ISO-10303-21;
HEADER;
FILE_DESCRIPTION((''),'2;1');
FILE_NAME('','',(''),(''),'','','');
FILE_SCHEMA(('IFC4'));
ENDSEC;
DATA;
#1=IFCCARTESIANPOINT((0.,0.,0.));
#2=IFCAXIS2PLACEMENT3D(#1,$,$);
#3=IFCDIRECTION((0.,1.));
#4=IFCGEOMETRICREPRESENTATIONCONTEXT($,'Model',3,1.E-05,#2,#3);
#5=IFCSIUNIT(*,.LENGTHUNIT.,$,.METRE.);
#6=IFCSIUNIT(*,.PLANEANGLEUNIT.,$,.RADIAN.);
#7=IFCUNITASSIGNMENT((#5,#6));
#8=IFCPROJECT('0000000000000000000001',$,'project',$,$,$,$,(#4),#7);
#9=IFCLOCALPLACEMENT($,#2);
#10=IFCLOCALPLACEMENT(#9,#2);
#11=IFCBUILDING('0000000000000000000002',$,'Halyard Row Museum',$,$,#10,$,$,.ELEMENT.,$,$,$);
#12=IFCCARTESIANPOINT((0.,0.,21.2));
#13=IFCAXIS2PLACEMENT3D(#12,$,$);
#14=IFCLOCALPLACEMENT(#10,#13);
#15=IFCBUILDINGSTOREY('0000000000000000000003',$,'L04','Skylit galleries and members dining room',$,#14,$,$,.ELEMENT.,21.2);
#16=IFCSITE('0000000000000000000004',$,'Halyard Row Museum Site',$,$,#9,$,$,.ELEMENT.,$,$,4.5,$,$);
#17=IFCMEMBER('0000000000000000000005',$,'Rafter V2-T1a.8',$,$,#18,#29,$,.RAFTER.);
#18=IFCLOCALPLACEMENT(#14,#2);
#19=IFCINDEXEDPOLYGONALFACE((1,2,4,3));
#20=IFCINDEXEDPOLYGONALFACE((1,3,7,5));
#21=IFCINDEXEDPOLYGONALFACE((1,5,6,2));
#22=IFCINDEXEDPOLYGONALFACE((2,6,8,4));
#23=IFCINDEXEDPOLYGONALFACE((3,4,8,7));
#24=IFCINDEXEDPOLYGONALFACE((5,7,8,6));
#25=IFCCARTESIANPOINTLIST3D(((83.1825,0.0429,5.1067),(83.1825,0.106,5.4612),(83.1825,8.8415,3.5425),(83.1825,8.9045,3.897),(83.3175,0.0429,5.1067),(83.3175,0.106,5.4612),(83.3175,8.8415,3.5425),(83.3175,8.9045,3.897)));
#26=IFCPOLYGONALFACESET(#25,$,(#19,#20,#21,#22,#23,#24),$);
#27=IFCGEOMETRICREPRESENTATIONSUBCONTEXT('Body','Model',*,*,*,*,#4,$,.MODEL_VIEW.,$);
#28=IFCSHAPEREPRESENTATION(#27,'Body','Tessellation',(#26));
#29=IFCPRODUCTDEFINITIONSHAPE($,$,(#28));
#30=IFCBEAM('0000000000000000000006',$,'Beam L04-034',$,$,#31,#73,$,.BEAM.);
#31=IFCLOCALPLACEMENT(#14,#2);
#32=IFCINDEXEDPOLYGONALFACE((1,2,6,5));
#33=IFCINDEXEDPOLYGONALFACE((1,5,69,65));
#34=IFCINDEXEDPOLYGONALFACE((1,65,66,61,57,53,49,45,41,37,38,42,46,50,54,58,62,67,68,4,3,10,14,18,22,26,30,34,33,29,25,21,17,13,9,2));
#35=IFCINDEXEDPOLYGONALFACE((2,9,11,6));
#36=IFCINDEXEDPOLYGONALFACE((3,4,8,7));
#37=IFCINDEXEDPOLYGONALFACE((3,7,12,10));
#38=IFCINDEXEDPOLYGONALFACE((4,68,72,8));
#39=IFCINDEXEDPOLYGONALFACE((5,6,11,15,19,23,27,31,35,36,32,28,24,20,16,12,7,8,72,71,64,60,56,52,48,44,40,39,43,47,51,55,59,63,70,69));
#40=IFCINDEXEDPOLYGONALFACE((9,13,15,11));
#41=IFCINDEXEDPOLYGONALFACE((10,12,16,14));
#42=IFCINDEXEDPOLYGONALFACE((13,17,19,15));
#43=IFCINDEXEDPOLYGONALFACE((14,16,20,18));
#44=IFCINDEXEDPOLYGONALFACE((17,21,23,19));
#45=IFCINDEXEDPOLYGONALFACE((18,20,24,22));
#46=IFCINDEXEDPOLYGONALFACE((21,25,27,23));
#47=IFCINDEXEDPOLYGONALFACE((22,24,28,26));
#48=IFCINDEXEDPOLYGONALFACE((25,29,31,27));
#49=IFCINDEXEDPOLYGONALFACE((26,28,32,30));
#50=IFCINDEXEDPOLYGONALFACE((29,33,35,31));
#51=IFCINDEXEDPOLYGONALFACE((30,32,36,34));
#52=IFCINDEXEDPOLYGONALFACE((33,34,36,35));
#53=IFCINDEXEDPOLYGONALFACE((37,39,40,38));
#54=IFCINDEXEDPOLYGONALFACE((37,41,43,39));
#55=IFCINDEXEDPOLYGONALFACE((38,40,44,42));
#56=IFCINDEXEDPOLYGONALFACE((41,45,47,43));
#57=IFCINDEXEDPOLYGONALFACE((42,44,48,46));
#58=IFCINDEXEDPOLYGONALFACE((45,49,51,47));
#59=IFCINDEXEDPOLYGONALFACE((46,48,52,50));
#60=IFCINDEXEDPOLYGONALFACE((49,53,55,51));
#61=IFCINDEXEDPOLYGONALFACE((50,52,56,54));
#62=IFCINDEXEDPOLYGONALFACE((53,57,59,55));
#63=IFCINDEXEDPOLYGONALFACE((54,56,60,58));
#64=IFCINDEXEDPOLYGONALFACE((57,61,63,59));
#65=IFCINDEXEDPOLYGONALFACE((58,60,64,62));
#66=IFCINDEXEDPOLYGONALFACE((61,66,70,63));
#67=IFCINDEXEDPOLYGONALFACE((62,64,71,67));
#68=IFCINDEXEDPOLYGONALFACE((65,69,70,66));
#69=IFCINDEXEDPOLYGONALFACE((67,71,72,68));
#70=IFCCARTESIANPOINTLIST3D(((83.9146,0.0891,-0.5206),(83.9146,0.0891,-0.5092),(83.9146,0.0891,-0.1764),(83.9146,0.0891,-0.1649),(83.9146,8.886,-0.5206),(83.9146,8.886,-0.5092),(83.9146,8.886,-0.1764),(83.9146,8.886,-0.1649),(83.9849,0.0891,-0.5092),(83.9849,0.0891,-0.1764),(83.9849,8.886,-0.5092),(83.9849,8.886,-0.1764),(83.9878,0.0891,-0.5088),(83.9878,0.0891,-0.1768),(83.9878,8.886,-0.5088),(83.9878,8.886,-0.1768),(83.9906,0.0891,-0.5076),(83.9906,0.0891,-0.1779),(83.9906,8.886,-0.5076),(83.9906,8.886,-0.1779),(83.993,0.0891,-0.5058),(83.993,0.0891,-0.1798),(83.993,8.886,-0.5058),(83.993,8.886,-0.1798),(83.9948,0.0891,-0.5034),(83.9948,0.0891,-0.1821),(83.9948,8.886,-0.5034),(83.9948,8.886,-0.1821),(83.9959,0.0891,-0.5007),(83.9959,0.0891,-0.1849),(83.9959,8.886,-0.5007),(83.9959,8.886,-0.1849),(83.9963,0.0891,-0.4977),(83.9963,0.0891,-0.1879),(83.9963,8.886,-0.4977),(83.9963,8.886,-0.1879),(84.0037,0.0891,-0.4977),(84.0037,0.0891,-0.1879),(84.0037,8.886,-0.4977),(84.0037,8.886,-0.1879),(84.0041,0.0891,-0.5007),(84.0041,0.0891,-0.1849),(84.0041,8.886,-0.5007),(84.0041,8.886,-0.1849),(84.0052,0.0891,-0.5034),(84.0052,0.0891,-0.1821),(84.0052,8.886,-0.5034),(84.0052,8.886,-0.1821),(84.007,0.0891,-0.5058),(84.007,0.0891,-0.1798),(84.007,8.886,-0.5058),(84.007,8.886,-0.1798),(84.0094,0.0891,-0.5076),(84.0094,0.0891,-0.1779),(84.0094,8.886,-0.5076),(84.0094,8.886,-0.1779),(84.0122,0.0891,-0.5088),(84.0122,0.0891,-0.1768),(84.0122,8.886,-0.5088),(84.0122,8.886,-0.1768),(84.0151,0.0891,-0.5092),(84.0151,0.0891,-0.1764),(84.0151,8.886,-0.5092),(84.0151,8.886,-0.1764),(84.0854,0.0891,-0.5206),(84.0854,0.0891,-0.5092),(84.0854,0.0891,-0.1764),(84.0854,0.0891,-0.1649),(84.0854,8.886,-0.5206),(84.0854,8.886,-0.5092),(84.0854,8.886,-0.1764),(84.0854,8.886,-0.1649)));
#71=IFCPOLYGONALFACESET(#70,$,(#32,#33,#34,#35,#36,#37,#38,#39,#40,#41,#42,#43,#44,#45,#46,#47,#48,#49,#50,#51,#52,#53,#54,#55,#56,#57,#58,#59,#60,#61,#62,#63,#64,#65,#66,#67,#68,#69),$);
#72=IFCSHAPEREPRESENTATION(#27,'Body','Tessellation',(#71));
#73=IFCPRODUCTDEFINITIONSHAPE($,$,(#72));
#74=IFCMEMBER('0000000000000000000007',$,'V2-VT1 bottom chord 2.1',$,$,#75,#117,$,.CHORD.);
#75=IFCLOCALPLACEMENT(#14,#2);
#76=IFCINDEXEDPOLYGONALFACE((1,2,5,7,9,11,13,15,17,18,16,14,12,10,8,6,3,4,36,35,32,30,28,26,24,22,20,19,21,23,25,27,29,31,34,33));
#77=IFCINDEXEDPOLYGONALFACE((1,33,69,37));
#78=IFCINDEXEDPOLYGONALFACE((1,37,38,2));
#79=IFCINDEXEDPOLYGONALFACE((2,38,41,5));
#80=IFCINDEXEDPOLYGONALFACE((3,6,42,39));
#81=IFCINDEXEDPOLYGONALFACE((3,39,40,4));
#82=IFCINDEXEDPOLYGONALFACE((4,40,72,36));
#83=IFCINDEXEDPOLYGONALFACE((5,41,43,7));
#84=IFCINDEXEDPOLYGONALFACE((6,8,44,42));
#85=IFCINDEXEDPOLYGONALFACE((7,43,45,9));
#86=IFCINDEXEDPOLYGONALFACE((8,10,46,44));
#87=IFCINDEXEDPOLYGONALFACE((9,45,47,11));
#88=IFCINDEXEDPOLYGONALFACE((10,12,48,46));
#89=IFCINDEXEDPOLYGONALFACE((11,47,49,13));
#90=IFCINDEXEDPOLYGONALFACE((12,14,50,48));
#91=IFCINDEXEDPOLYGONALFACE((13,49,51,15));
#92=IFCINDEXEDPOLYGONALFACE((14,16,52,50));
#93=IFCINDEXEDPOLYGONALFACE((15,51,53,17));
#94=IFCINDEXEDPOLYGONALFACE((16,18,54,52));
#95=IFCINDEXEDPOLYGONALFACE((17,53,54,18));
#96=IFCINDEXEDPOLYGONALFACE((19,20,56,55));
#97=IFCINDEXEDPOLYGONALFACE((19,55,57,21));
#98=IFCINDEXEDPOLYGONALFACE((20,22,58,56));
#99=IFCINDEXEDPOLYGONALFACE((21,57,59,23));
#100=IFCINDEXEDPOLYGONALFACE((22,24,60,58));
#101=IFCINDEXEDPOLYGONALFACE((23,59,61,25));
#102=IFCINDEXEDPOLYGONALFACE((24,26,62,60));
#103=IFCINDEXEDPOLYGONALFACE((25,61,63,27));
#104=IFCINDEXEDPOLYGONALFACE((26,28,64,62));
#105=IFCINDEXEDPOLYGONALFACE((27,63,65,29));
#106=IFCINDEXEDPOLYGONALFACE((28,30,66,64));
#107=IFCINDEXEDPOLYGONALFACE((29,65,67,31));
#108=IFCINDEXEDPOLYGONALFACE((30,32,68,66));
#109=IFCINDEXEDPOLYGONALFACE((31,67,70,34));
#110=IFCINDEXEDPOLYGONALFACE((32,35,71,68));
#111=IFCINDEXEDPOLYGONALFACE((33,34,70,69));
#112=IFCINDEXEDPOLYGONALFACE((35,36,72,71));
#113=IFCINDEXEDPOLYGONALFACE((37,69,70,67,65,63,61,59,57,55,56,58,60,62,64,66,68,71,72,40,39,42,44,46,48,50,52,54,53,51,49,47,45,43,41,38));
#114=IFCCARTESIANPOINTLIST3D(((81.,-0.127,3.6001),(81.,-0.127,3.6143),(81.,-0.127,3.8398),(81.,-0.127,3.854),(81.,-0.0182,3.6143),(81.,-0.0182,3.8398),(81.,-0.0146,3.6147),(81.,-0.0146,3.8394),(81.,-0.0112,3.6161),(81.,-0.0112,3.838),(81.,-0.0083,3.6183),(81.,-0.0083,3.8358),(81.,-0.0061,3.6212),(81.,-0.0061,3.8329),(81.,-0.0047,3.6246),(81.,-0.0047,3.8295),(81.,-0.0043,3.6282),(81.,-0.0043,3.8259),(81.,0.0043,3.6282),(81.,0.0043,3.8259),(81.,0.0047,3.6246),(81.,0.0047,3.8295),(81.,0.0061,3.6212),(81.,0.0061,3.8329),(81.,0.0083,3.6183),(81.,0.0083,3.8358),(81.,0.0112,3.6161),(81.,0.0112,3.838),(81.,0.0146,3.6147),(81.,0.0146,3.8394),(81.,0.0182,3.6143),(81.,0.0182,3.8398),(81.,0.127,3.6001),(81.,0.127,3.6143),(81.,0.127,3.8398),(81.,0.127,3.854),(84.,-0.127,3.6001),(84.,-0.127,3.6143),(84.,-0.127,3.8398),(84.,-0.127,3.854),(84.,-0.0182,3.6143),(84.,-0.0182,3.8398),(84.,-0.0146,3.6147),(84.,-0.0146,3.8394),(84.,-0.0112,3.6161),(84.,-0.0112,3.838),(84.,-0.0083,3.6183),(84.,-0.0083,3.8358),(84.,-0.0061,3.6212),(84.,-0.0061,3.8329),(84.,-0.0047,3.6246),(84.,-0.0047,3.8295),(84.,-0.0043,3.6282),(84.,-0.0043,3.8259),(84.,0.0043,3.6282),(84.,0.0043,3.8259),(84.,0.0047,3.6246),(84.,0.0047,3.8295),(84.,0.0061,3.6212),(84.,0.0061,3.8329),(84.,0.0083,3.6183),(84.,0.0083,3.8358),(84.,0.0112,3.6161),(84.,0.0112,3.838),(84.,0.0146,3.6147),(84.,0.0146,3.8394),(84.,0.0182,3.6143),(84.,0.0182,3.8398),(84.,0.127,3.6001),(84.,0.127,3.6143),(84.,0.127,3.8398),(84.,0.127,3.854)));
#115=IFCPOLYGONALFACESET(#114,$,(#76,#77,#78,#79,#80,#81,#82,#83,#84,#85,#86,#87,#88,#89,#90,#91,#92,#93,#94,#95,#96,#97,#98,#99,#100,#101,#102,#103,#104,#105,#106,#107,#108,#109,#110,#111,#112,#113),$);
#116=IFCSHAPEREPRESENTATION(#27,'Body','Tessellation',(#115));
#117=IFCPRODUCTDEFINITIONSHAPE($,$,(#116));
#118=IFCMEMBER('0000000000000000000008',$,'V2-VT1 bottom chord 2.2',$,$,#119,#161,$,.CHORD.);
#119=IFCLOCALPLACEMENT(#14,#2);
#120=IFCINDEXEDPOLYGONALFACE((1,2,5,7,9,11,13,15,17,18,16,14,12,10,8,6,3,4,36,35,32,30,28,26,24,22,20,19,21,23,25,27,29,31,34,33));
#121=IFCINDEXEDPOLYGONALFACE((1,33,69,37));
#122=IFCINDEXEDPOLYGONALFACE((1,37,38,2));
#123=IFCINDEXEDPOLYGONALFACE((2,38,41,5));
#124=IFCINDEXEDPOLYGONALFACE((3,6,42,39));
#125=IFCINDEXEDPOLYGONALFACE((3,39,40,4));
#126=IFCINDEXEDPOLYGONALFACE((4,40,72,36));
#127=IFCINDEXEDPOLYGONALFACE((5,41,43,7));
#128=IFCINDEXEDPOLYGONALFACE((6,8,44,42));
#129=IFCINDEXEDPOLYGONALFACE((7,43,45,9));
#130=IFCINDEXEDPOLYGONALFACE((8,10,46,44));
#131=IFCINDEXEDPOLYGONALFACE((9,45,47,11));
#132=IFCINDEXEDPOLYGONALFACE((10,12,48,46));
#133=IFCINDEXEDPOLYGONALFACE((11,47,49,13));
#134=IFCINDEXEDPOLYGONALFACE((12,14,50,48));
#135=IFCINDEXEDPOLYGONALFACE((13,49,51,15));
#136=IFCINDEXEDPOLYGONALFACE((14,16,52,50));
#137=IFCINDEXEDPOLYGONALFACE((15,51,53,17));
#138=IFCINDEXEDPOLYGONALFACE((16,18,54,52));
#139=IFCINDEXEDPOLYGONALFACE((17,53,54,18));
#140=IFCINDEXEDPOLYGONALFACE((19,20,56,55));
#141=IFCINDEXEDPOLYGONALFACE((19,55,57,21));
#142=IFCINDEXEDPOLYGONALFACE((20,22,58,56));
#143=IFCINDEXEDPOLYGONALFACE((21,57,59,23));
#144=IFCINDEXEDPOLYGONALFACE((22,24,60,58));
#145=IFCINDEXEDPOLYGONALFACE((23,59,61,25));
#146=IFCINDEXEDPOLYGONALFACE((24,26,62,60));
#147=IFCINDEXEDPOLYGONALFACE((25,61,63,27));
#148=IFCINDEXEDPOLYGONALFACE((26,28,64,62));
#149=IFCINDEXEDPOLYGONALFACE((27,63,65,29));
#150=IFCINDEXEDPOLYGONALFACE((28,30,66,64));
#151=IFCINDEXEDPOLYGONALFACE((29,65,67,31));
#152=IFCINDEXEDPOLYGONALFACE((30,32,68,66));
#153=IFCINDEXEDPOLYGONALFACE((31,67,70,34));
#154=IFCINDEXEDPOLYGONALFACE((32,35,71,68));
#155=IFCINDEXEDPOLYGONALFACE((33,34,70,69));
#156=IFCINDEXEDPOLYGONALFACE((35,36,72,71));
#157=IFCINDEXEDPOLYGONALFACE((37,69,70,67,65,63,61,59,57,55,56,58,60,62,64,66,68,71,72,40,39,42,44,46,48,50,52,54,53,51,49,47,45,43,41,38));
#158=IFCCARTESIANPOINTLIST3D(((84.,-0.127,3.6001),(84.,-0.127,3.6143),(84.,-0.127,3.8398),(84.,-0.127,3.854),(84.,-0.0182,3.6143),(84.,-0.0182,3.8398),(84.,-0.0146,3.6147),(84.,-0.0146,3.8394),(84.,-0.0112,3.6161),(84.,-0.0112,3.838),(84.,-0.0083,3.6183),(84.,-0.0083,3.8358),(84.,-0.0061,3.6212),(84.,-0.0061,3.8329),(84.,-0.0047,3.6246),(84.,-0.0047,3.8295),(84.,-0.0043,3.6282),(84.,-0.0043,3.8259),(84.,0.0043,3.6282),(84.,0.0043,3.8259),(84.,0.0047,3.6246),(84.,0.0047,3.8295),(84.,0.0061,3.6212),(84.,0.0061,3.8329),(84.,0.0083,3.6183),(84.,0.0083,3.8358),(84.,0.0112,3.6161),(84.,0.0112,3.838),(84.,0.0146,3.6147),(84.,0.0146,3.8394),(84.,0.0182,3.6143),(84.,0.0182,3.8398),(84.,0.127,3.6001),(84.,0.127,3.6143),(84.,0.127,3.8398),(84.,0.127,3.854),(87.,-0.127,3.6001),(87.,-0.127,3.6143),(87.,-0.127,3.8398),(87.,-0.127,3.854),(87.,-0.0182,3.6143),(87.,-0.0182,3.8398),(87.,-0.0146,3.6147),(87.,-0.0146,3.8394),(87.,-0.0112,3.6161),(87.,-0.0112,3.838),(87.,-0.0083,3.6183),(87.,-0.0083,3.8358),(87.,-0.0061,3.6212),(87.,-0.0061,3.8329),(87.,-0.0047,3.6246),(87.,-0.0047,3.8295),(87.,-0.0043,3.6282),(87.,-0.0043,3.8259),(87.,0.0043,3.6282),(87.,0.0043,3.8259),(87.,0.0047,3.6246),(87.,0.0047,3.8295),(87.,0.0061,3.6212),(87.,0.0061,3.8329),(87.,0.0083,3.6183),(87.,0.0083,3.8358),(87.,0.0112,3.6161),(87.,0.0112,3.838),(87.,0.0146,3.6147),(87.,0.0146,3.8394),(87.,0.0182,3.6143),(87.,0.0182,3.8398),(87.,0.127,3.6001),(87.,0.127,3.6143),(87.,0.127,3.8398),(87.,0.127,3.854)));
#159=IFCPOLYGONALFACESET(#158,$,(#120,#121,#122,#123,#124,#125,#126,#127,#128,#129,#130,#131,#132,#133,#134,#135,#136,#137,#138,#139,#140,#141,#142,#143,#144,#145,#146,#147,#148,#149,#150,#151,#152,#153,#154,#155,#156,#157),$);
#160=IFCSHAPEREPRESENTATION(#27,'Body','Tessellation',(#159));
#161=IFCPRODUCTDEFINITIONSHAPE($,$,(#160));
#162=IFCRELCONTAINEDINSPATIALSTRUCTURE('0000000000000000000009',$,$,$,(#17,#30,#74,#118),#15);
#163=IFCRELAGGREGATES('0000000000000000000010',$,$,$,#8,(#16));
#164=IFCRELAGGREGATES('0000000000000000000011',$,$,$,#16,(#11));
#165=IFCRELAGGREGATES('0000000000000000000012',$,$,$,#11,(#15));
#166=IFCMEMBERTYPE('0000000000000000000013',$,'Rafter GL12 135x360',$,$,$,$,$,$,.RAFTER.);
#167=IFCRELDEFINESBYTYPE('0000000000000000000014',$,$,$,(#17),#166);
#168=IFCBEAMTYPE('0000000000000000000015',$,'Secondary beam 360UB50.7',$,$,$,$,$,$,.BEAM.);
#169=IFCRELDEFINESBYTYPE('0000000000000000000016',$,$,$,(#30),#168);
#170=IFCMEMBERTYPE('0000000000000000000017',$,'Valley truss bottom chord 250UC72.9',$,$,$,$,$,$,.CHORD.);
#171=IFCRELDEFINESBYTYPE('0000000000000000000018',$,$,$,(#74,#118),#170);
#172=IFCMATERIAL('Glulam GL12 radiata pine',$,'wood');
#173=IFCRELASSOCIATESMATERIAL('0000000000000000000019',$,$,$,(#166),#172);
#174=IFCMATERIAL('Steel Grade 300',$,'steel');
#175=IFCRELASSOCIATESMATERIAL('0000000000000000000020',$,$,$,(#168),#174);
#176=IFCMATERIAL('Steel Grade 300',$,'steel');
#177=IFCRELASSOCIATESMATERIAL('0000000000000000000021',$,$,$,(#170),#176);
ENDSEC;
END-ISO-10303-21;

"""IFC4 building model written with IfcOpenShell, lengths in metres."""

from ifc_helpers import new_model, si_unit, direction, frame, origin, origin_2d, place, context, subcontext, project, spatial, rectangle, i_section, extrude, material, material_profile, profile_set, type_object, element, save


model = new_model("IFC4")

# Units and contexts
model_context = context("Model", 3, precision=1e-05, world=origin(), true_north=direction((0.0, 1.0)))
body_context = subcontext(model_context, "Body", "Model", "MODEL_VIEW")
ifc_project = project(units=[si_unit("LENGTHUNIT", "METRE"), si_unit("PLANEANGLEUNIT", "RADIAN")], contexts=[model_context])

# Site, building, storey
site_placement = place(None, origin())
site = spatial("IfcSite", under=ifc_project, at=site_placement, Name="Halyard Row Museum Site", CompositionType="ELEMENT", RefElevation=4.5)
building_placement = place(site_placement, origin())
building = spatial("IfcBuilding", under=site, at=building_placement, Name="Halyard Row Museum", CompositionType="ELEMENT")
storey_placement = place(building_placement, frame((0.0, 0.0, 21.2)))
storey = spatial("IfcBuildingStorey", under=building, at=storey_placement, Name="L04", Description="Skylit galleries and members dining room", CompositionType="ELEMENT", Elevation=21.2)

# Member
ifc_material_1 = material(Name="Glulam GL12 radiata pine", Category="wood")
ifc_material_profile_1 = material_profile(ifc_material_1, rectangle(XDim=0.135, YDim=0.3601, at=origin_2d()), Name="GL12 135x360")
ifc_profile_set_1 = profile_set([ifc_material_profile_1], Name="Glulam GL12 radiata pine")
member_type_1 = type_object("IfcMemberType", Name="Rafter GL12 135x360", PredefinedType="RAFTER", material=ifc_profile_set_1)
for number, where, z_axis, x_axis, name in (
    (1, (83.25, 0.0745, 5.2839), (0.0, 0.984562, -0.175035), (-1.0, 0.0, 0.0), "Rafter V2-T1a.8"),
):
    element("IfcMember", number, at=place(storey_placement, frame(where, z_axis=z_axis, x_axis=x_axis)), inside=storey, type_object=member_type_1, Name=name, PredefinedType="RAFTER", context=body_context, shape_type="SweptSolid", body=[
        extrude(rectangle(XDim=0.135, YDim=0.3601, at=origin_2d()), origin(), (0.0, 0.0, 1.0), 8.9365),
    ])

# Beam
ifc_material_2 = material(Name="Steel Grade 300", Category="steel")
ifc_material_profile_2 = material_profile(ifc_material_2, i_section(OverallWidth=0.1709, OverallDepth=0.3557, WebThickness=0.0073, FlangeThickness=0.0115, FilletRadius=0.0115, at=origin_2d()), Name="360UB50.7")
ifc_profile_set_2 = profile_set([ifc_material_profile_2], Name="Steel Grade 300")
beam_type_1 = type_object("IfcBeamType", Name="Secondary beam 360UB50.7", PredefinedType="BEAM", material=ifc_profile_set_2)
beam_1_placement = place(storey_placement, frame((84.0, 0.0891, -0.3428), z_axis=(0.0, 1.0, 0.0), x_axis=(-1.0, 0.0, 0.0)))
element("IfcBeam", 2, at=beam_1_placement, inside=storey, type_object=beam_type_1, Name="Beam L04-034", PredefinedType="BEAM", context=body_context, shape_type="SweptSolid", body=[
    extrude(i_section(OverallWidth=0.1709, OverallDepth=0.3557, WebThickness=0.0073, FlangeThickness=0.0115, FilletRadius=0.0115, at=origin_2d()), origin(), (0.0, 0.0, 1.0), 8.7969),
])

# Members
ifc_material_3 = material(Name="Steel Grade 300", Category="steel")
ifc_material_profile_3 = material_profile(ifc_material_3, i_section(OverallWidth=0.2539, OverallDepth=0.2539, WebThickness=0.0085, FlangeThickness=0.0142, FilletRadius=0.0139, at=origin_2d()), Name="250UC72.9")
ifc_profile_set_3 = profile_set([ifc_material_profile_3], Name="Steel Grade 300")
member_type_2 = type_object("IfcMemberType", Name="Valley truss bottom chord 250UC72.9", PredefinedType="CHORD", material=ifc_profile_set_3)
for number, where, z_axis, x_axis, name in (
    (3, (81.0, 0.0, 3.7271), (1.0, 0.0, 0.0), (0.0, 1.0, 0.0), "V2-VT1 bottom chord 2.1"),
    (4, (84.0, 0.0, 3.7271), (1.0, 0.0, 0.0), (0.0, 1.0, 0.0), "V2-VT1 bottom chord 2.2"),
):
    element("IfcMember", number, at=place(storey_placement, frame(where, z_axis=z_axis, x_axis=x_axis)), inside=storey, type_object=member_type_2, Name=name, PredefinedType="CHORD", context=body_context, shape_type="SweptSolid", body=[
        extrude(i_section(OverallWidth=0.2539, OverallDepth=0.2539, WebThickness=0.0085, FlangeThickness=0.0142, FilletRadius=0.0139, at=origin_2d()), origin(), (0.0, 0.0, 1.0), 3.0),
    ])

save(model, "model.ifc")
